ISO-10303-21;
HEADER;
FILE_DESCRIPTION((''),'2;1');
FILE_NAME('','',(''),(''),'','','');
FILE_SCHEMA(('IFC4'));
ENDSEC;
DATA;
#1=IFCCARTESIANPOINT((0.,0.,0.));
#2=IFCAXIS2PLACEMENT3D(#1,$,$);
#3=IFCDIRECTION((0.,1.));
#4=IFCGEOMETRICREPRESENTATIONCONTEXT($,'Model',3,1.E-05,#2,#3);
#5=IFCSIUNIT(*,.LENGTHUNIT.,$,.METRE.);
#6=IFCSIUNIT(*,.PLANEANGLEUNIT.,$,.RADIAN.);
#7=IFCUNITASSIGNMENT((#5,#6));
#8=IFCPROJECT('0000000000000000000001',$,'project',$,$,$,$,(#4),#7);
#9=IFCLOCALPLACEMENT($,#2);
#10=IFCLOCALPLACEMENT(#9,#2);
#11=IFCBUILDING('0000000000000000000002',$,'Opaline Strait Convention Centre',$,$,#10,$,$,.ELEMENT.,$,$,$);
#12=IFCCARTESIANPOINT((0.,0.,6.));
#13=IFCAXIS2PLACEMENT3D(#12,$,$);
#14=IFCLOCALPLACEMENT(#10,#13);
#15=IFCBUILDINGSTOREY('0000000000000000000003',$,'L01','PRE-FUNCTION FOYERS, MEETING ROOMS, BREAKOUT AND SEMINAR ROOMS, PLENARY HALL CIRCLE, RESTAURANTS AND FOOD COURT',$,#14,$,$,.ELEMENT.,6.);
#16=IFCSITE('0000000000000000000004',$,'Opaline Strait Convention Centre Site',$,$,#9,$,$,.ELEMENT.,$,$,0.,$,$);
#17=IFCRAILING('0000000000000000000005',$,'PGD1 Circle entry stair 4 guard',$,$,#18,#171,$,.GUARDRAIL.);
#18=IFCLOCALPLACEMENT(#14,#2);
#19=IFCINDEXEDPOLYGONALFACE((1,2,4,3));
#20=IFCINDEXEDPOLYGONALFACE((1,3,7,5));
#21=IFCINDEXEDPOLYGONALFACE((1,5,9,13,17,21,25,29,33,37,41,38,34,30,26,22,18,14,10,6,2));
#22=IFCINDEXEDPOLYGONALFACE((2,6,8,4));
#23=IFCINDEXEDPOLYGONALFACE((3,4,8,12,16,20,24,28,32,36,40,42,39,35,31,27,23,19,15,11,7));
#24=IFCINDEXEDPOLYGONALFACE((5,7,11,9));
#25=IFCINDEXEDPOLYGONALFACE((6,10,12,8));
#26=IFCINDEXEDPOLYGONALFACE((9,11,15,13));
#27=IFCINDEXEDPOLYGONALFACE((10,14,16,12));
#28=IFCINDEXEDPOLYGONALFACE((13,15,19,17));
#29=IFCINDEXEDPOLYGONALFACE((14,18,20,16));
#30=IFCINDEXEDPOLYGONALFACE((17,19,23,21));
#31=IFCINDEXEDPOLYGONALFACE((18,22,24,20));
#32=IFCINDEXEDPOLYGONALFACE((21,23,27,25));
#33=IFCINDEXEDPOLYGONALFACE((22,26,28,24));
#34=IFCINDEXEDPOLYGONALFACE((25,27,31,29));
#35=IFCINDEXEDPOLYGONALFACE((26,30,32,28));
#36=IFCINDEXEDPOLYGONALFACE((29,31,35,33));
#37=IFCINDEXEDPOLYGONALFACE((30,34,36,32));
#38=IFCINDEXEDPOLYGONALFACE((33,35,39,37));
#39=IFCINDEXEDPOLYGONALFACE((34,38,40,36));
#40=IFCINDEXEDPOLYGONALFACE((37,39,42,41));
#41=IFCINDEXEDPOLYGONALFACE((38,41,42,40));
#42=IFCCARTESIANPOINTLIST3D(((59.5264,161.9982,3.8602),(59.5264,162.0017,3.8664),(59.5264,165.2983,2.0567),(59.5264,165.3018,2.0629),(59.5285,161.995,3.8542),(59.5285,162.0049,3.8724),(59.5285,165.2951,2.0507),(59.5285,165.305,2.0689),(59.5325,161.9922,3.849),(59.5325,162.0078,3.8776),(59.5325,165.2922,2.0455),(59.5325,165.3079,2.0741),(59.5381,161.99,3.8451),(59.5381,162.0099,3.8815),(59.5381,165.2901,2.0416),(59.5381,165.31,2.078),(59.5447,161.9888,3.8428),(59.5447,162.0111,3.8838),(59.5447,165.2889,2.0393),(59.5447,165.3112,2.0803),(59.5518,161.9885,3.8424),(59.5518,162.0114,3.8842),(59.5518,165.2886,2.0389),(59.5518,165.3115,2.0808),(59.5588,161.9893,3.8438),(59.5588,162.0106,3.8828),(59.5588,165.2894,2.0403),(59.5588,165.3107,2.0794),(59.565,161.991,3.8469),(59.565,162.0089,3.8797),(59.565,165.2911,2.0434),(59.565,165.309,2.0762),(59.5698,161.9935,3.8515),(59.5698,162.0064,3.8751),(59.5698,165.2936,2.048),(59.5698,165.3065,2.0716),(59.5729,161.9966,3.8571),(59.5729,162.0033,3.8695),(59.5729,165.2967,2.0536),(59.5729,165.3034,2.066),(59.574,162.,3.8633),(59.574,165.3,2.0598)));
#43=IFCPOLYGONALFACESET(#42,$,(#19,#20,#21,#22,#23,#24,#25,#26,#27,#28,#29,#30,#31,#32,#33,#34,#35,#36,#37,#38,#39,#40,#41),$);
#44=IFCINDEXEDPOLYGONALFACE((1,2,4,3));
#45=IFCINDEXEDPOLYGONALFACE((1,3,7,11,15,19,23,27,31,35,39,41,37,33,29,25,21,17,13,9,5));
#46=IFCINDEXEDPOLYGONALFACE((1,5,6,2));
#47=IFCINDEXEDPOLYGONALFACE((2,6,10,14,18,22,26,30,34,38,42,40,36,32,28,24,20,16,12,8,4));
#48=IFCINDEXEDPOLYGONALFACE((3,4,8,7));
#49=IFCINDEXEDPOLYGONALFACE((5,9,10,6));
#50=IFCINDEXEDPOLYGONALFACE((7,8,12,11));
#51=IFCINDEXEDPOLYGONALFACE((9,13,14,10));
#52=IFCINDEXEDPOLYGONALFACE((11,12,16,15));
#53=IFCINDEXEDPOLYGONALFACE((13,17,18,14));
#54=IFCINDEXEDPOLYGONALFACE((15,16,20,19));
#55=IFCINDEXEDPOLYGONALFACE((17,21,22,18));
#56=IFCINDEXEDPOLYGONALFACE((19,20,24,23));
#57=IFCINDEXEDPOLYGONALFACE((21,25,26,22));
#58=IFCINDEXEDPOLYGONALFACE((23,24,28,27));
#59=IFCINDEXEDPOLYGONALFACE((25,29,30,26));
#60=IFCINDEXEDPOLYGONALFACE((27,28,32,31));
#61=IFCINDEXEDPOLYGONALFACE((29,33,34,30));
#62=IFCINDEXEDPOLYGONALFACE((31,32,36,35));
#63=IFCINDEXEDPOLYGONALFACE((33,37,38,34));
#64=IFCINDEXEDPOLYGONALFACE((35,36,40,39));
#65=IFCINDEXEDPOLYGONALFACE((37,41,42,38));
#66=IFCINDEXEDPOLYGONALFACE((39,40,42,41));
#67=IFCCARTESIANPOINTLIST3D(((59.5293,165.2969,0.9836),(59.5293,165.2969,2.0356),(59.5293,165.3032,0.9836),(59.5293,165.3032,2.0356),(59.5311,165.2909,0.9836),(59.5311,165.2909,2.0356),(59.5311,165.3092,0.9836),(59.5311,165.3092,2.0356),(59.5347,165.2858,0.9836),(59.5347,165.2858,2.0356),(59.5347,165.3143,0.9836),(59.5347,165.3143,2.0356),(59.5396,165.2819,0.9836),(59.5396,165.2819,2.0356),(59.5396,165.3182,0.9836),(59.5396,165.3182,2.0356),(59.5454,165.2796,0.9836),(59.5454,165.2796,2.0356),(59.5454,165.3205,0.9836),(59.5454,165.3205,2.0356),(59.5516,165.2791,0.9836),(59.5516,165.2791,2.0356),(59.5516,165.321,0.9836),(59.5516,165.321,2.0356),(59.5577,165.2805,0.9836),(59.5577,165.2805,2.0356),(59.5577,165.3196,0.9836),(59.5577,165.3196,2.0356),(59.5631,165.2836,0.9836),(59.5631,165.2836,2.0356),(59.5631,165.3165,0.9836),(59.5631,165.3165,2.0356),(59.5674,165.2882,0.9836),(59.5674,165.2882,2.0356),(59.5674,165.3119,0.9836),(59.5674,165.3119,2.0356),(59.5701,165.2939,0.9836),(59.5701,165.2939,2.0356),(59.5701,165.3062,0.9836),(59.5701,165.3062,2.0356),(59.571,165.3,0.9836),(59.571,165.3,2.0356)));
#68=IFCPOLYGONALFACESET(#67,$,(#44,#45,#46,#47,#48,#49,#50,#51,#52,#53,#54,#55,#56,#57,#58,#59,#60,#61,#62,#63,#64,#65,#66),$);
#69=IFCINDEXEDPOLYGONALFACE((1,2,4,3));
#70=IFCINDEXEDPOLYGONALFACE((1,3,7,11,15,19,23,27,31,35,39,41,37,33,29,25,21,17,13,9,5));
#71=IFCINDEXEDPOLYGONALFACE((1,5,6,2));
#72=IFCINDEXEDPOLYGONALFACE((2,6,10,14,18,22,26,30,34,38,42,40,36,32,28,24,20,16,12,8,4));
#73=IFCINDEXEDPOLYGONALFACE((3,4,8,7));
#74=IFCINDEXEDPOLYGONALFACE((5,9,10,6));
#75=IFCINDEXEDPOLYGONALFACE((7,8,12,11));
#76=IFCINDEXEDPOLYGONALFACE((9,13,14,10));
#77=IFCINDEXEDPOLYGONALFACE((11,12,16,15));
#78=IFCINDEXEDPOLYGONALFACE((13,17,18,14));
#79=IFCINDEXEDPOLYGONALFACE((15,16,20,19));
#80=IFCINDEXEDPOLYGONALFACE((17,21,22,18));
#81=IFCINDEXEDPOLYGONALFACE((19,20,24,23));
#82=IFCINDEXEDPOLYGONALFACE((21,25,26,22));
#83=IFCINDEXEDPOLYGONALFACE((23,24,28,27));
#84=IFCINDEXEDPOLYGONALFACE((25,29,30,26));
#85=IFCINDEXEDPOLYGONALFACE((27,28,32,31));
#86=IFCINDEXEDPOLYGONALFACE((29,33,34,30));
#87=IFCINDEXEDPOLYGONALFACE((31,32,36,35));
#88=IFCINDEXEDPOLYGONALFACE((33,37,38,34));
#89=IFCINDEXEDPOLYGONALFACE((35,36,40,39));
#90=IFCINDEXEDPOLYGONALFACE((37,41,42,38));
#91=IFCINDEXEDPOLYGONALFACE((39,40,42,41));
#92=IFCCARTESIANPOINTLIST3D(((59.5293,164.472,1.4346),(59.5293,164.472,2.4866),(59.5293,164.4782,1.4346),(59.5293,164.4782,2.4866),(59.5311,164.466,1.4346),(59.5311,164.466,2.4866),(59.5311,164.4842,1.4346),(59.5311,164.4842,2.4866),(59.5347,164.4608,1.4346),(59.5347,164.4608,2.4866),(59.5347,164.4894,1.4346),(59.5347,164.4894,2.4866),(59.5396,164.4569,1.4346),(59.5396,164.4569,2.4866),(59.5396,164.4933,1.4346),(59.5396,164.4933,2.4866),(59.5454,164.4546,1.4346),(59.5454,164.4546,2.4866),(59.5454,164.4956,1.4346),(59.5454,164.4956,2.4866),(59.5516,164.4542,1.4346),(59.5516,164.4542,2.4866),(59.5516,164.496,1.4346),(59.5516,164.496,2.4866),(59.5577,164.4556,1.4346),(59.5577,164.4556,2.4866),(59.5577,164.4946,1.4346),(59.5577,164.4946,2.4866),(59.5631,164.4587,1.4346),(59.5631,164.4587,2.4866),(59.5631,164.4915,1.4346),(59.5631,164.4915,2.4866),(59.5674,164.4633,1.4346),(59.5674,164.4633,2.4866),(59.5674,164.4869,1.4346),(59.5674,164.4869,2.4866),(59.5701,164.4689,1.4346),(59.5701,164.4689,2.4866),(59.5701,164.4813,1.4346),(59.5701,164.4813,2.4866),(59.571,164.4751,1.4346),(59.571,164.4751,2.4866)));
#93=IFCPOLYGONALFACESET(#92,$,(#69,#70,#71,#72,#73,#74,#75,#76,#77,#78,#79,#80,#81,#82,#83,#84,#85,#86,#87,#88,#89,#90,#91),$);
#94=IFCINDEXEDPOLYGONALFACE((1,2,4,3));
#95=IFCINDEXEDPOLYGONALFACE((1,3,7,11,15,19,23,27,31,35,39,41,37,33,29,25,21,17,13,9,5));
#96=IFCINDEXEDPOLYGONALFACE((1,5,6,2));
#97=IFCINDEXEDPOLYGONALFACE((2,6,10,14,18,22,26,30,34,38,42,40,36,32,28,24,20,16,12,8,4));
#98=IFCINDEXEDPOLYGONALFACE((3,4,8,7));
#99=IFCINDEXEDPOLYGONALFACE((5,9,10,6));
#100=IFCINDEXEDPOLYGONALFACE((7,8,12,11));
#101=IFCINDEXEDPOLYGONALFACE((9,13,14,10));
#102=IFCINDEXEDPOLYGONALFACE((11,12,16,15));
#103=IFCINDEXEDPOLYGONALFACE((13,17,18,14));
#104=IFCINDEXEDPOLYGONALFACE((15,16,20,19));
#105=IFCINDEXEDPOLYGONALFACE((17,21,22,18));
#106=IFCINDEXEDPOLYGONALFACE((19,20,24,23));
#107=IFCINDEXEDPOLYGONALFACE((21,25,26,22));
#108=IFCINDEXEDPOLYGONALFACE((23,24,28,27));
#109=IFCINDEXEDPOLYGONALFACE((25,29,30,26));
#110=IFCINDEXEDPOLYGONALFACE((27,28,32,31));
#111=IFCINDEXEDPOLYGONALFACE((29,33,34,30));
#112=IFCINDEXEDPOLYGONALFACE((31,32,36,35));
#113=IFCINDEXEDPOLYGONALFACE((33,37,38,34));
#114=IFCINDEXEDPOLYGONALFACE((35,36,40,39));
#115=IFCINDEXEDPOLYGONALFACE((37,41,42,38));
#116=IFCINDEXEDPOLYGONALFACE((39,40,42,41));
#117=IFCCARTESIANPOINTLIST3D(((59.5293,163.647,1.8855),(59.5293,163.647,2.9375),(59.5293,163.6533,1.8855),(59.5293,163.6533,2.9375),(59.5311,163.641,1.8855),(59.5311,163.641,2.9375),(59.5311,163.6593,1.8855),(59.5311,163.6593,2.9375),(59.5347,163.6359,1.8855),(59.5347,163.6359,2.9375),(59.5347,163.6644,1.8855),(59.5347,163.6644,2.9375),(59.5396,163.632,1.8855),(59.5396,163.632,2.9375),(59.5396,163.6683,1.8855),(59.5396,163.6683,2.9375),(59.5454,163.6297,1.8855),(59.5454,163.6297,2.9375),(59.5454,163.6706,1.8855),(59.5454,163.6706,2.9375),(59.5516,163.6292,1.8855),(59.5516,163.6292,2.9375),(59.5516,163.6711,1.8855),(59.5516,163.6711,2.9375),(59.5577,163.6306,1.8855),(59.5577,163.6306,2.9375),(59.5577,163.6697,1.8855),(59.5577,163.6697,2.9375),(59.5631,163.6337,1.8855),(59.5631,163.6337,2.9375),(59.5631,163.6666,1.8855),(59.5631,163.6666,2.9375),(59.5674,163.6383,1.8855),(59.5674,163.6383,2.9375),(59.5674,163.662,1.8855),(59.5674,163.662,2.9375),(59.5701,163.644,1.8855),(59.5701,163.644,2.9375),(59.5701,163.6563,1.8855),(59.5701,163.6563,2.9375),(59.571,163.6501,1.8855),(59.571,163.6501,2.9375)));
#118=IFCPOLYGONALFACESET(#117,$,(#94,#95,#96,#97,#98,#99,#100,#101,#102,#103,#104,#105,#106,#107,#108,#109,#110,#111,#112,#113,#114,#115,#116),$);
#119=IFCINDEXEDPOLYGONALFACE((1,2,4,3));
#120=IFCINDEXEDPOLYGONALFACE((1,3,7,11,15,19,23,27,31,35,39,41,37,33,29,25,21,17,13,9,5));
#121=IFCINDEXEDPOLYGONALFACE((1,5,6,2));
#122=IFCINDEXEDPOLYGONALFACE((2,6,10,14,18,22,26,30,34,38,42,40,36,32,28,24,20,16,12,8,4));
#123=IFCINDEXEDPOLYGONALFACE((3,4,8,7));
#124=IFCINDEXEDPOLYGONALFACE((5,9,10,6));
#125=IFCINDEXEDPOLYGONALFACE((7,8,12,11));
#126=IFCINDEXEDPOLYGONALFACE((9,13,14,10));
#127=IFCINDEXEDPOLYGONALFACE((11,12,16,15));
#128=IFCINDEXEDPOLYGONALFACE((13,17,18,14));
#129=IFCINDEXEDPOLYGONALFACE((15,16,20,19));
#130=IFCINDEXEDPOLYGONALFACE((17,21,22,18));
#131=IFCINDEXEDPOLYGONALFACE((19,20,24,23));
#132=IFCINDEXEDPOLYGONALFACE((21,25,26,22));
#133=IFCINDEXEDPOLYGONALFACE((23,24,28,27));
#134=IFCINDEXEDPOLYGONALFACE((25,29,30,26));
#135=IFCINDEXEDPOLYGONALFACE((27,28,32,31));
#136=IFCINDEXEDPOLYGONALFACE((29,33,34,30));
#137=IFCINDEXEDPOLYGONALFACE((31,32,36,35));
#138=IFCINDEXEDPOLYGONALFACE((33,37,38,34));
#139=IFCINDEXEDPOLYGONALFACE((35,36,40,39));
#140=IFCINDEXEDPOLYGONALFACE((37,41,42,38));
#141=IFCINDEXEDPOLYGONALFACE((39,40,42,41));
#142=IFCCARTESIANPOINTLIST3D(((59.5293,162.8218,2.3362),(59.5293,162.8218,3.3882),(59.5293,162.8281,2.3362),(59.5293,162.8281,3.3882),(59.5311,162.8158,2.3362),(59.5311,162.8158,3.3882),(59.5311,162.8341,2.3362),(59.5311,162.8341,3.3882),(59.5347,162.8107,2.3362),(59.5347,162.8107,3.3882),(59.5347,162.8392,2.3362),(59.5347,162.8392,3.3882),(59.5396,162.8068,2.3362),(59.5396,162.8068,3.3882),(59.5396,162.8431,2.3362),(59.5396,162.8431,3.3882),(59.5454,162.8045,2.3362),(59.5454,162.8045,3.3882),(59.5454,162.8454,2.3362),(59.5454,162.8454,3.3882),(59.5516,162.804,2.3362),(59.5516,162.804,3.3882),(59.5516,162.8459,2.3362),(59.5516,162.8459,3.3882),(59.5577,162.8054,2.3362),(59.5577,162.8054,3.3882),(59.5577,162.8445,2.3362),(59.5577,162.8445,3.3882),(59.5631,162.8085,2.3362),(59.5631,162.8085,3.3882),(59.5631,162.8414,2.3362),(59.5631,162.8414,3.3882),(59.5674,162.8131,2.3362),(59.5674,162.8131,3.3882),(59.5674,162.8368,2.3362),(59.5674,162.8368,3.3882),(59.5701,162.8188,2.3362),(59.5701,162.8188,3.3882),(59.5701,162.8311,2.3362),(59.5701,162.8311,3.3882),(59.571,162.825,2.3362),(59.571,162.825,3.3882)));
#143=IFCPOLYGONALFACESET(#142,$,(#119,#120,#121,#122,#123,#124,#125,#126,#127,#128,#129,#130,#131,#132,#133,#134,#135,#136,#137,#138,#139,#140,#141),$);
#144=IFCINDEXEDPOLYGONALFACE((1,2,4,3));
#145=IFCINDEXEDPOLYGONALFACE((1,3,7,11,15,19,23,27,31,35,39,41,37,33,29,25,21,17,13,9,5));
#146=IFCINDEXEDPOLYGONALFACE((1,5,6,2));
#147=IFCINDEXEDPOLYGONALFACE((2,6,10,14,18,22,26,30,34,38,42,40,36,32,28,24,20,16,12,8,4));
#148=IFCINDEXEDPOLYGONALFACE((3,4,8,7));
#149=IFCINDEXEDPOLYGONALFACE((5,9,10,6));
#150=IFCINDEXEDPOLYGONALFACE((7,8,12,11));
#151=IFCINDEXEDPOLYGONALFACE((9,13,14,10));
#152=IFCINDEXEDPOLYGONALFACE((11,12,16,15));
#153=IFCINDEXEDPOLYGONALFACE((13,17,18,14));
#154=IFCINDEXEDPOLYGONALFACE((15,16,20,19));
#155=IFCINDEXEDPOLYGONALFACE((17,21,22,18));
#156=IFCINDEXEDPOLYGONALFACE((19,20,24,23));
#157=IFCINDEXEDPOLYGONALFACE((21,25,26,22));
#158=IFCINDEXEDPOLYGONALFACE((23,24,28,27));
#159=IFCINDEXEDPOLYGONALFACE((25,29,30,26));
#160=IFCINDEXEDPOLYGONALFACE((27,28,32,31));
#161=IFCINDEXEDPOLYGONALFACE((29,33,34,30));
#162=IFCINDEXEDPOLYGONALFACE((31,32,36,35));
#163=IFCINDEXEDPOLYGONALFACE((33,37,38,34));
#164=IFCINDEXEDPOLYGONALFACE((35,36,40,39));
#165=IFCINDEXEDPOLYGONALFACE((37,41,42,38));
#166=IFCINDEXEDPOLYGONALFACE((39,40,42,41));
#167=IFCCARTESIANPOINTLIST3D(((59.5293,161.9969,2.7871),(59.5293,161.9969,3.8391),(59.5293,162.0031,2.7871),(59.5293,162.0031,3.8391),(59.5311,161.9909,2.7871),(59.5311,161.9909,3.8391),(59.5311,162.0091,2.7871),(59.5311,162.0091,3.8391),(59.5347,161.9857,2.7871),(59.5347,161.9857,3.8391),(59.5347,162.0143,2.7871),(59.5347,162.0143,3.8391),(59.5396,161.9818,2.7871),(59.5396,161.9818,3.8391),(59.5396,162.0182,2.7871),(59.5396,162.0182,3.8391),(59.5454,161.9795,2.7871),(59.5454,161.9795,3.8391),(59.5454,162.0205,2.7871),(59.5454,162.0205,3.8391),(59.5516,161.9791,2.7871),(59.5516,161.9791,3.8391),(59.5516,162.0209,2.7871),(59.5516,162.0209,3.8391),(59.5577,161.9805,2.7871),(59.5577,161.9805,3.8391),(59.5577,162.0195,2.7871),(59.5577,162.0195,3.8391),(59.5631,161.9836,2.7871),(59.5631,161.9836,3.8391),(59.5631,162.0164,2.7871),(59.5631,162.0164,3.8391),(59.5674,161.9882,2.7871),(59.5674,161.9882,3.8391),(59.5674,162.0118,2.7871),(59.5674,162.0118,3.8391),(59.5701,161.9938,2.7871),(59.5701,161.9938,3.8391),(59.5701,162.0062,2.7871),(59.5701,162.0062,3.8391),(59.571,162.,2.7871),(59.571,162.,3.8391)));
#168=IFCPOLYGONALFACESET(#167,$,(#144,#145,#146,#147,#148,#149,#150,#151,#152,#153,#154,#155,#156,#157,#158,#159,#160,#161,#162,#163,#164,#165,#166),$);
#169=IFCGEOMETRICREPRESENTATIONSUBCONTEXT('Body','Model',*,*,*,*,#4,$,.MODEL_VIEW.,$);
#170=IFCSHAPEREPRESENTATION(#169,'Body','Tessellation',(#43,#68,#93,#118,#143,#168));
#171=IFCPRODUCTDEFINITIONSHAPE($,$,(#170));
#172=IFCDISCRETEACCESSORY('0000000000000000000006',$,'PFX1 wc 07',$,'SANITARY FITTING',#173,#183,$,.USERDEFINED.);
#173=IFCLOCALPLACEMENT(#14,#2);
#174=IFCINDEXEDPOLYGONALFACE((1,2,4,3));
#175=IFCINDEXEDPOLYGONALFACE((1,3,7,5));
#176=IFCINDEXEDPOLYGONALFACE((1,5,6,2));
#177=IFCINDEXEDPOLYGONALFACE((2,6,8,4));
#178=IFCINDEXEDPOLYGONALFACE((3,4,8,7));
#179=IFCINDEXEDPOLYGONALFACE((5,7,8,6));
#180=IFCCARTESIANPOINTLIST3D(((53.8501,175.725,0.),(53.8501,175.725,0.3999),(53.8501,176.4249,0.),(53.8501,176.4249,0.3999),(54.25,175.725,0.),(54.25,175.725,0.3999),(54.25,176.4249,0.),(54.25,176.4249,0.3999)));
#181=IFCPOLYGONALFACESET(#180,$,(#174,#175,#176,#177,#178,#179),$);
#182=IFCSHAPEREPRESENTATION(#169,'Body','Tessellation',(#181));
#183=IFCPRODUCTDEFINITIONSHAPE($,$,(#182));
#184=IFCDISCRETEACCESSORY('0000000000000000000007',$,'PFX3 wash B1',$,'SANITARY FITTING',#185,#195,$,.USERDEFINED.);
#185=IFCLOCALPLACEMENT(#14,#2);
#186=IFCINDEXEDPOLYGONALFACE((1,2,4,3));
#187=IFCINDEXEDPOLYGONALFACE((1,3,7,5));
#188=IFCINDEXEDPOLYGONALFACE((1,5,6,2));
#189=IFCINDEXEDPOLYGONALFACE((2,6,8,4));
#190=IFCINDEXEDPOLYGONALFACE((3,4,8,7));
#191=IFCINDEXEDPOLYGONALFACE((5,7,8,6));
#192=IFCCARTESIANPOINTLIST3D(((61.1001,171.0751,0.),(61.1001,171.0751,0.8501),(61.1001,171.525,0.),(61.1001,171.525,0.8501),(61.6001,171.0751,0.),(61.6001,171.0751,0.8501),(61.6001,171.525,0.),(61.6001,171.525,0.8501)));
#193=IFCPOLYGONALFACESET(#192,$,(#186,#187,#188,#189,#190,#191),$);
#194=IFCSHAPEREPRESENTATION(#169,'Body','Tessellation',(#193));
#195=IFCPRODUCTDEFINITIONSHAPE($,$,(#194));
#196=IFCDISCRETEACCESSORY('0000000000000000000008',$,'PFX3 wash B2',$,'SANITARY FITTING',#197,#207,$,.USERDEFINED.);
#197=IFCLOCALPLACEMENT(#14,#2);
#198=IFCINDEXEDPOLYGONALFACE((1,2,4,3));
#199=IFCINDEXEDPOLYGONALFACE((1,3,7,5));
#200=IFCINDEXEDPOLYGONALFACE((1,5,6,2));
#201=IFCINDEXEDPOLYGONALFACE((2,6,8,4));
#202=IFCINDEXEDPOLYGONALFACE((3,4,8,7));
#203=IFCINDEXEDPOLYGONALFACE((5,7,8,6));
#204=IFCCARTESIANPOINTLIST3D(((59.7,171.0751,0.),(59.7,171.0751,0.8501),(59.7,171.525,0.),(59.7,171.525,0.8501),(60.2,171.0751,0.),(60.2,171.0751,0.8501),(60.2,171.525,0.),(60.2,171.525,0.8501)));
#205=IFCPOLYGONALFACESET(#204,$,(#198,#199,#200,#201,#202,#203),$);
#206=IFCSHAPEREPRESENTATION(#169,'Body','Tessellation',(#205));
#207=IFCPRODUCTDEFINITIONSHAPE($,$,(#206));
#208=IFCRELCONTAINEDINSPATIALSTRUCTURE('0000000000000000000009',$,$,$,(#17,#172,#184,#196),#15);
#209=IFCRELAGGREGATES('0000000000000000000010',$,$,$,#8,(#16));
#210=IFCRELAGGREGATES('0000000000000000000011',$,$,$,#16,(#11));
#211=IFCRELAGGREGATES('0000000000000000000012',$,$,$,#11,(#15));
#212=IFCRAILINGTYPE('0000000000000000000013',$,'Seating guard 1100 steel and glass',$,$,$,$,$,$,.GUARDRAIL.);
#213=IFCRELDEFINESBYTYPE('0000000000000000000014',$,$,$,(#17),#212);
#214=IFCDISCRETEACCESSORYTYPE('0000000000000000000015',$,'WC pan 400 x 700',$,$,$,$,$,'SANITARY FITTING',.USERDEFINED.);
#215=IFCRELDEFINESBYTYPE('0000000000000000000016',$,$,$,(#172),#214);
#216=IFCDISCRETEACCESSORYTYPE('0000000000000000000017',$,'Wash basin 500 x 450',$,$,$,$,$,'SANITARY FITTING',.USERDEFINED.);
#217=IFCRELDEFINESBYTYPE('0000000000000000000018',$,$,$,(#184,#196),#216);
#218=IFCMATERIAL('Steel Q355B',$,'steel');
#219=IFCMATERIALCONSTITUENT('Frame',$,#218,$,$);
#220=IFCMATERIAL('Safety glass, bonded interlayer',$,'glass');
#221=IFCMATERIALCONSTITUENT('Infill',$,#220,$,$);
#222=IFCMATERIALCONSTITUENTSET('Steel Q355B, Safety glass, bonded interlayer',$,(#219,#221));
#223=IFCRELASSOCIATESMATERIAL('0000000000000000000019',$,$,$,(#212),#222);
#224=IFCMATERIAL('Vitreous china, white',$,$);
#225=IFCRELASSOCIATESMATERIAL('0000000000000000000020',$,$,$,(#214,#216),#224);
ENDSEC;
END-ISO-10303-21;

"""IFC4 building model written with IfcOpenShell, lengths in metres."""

from ifc_helpers import new_model, si_unit, direction, frame, origin, origin_2d, place, context, subcontext, project, spatial, rectangle, circle, extrude, material, constituent, constituent_set, type_object, element, save


model = new_model("IFC4")

# Units and contexts
model_context = context("Model", 3, precision=1e-05, world=origin(), true_north=direction((0.0, 1.0)))
body_context = subcontext(model_context, "Body", "Model", "MODEL_VIEW")
ifc_project = project(units=[si_unit("LENGTHUNIT", "METRE"), si_unit("PLANEANGLEUNIT", "RADIAN")], contexts=[model_context])

# Site, building, storey
site_placement = place(None, origin())
site = spatial("IfcSite", under=ifc_project, at=site_placement, Name="Opaline Strait Convention Centre Site", CompositionType="ELEMENT", RefElevation=0.0)
building_placement = place(site_placement, origin())
building = spatial("IfcBuilding", under=site, at=building_placement, Name="Opaline Strait Convention Centre", CompositionType="ELEMENT")
storey_placement = place(building_placement, frame((0.0, 0.0, 6.0)))
storey = spatial("IfcBuildingStorey", under=building, at=storey_placement, Name="L01", Description="PRE-FUNCTION FOYERS, MEETING ROOMS, BREAKOUT AND SEMINAR ROOMS, PLENARY HALL CIRCLE, RESTAURANTS AND FOOD COURT", CompositionType="ELEMENT", Elevation=6.0)

# Railing
ifc_material_1 = material(Name="Steel Q355B", Category="steel")
ifc_constituent_1 = constituent(ifc_material_1, Name="Frame")
ifc_material_2 = material(Name="Safety glass, bonded interlayer", Category="glass")
ifc_constituent_2 = constituent(ifc_material_2, Name="Infill")
ifc_constituent_set = constituent_set(constituents=[ifc_constituent_1, ifc_constituent_2], Name="Steel Q355B, Safety glass, bonded interlayer")
railing_type_1 = type_object("IfcRailingType", Name="Seating guard 1100 steel and glass", PredefinedType="GUARDRAIL", material=ifc_constituent_set)
for number, where, name in (
    (1, (59.55, 165.3, 0.9836), "PGD1 Circle entry stair 4 guard"),
):
    element("IfcRailing", number, at=place(storey_placement, frame(where)), inside=storey, type_object=railing_type_1, Name=name, PredefinedType="GUARDRAIL", context=body_context, shape_type="SweptSolid", body=[
        extrude(circle(Radius=0.0239, at=origin_2d()), frame((0.0, 0.0, 1.0762), z_axis=(0.0, -0.877511, 0.479557), x_axis=(1.0, 0.0, 0.0)), (0.0, 0.0, 1.0), 3.7607),
        extrude(circle(Radius=0.021, at=origin_2d()), origin(), (0.0, 0.0, 1.0), 1.052),
        extrude(circle(Radius=0.021, at=origin_2d()), frame((0.0, -0.825, 0.4509)), (0.0, 0.0, 1.0), 1.052),
        extrude(circle(Radius=0.021, at=origin_2d()), frame((0.0, -1.6499, 0.9019)), (0.0, 0.0, 1.0), 1.052),
        extrude(circle(Radius=0.021, at=origin_2d()), frame((0.0, -2.4751, 1.3525)), (0.0, 0.0, 1.0), 1.052),
        extrude(circle(Radius=0.021, at=origin_2d()), frame((0.0, -3.3, 1.8035)), (0.0, 0.0, 1.0), 1.052),
    ])

# Discrete accessories
ifc_material_3 = material(Name="Vitreous china, white")
discrete_accessory_type_1 = type_object("IfcDiscreteAccessoryType", Name="WC pan 400 x 700", ElementType="SANITARY FITTING", PredefinedType="USERDEFINED", material=ifc_material_3)
discrete_accessory_placement = place(storey_placement, frame((54.05, 176.075, 0.0), z_axis=(0.0, 0.0, 1.0), x_axis=(1.0, 0.0, 0.0)))
element("IfcDiscreteAccessory", 2, at=discrete_accessory_placement, inside=storey, type_object=discrete_accessory_type_1, Name="PFX1 wc 07", ObjectType="SANITARY FITTING", PredefinedType="USERDEFINED", context=body_context, shape_type="SweptSolid", body=[
    extrude(rectangle(XDim=0.3999, YDim=0.7, at=origin_2d()), origin(), (0.0, 0.0, 1.0), 0.3999),
])
discrete_accessory_type_2 = type_object("IfcDiscreteAccessoryType", Name="Wash basin 500 x 450", ElementType="SANITARY FITTING", PredefinedType="USERDEFINED", material=ifc_material_3)
for number, where, z_axis, x_axis, name in (
    (3, (61.3501, 171.3, 0.0), (0.0, 0.0, 1.0), (1.0, 0.0, 0.0), "PFX3 wash B1"),
    (4, (59.95, 171.3, 0.0), (0.0, 0.0, 1.0), (1.0, 0.0, 0.0), "PFX3 wash B2"),
):
    element("IfcDiscreteAccessory", number, at=place(storey_placement, frame(where, z_axis=z_axis, x_axis=x_axis)), inside=storey, type_object=discrete_accessory_type_2, Name=name, ObjectType="SANITARY FITTING", PredefinedType="USERDEFINED", context=body_context, shape_type="SweptSolid", body=[
        extrude(rectangle(XDim=0.5, YDim=0.45, at=origin_2d()), origin(), (0.0, 0.0, 1.0), 0.8501),
    ])

save(model, "model.ifc")
